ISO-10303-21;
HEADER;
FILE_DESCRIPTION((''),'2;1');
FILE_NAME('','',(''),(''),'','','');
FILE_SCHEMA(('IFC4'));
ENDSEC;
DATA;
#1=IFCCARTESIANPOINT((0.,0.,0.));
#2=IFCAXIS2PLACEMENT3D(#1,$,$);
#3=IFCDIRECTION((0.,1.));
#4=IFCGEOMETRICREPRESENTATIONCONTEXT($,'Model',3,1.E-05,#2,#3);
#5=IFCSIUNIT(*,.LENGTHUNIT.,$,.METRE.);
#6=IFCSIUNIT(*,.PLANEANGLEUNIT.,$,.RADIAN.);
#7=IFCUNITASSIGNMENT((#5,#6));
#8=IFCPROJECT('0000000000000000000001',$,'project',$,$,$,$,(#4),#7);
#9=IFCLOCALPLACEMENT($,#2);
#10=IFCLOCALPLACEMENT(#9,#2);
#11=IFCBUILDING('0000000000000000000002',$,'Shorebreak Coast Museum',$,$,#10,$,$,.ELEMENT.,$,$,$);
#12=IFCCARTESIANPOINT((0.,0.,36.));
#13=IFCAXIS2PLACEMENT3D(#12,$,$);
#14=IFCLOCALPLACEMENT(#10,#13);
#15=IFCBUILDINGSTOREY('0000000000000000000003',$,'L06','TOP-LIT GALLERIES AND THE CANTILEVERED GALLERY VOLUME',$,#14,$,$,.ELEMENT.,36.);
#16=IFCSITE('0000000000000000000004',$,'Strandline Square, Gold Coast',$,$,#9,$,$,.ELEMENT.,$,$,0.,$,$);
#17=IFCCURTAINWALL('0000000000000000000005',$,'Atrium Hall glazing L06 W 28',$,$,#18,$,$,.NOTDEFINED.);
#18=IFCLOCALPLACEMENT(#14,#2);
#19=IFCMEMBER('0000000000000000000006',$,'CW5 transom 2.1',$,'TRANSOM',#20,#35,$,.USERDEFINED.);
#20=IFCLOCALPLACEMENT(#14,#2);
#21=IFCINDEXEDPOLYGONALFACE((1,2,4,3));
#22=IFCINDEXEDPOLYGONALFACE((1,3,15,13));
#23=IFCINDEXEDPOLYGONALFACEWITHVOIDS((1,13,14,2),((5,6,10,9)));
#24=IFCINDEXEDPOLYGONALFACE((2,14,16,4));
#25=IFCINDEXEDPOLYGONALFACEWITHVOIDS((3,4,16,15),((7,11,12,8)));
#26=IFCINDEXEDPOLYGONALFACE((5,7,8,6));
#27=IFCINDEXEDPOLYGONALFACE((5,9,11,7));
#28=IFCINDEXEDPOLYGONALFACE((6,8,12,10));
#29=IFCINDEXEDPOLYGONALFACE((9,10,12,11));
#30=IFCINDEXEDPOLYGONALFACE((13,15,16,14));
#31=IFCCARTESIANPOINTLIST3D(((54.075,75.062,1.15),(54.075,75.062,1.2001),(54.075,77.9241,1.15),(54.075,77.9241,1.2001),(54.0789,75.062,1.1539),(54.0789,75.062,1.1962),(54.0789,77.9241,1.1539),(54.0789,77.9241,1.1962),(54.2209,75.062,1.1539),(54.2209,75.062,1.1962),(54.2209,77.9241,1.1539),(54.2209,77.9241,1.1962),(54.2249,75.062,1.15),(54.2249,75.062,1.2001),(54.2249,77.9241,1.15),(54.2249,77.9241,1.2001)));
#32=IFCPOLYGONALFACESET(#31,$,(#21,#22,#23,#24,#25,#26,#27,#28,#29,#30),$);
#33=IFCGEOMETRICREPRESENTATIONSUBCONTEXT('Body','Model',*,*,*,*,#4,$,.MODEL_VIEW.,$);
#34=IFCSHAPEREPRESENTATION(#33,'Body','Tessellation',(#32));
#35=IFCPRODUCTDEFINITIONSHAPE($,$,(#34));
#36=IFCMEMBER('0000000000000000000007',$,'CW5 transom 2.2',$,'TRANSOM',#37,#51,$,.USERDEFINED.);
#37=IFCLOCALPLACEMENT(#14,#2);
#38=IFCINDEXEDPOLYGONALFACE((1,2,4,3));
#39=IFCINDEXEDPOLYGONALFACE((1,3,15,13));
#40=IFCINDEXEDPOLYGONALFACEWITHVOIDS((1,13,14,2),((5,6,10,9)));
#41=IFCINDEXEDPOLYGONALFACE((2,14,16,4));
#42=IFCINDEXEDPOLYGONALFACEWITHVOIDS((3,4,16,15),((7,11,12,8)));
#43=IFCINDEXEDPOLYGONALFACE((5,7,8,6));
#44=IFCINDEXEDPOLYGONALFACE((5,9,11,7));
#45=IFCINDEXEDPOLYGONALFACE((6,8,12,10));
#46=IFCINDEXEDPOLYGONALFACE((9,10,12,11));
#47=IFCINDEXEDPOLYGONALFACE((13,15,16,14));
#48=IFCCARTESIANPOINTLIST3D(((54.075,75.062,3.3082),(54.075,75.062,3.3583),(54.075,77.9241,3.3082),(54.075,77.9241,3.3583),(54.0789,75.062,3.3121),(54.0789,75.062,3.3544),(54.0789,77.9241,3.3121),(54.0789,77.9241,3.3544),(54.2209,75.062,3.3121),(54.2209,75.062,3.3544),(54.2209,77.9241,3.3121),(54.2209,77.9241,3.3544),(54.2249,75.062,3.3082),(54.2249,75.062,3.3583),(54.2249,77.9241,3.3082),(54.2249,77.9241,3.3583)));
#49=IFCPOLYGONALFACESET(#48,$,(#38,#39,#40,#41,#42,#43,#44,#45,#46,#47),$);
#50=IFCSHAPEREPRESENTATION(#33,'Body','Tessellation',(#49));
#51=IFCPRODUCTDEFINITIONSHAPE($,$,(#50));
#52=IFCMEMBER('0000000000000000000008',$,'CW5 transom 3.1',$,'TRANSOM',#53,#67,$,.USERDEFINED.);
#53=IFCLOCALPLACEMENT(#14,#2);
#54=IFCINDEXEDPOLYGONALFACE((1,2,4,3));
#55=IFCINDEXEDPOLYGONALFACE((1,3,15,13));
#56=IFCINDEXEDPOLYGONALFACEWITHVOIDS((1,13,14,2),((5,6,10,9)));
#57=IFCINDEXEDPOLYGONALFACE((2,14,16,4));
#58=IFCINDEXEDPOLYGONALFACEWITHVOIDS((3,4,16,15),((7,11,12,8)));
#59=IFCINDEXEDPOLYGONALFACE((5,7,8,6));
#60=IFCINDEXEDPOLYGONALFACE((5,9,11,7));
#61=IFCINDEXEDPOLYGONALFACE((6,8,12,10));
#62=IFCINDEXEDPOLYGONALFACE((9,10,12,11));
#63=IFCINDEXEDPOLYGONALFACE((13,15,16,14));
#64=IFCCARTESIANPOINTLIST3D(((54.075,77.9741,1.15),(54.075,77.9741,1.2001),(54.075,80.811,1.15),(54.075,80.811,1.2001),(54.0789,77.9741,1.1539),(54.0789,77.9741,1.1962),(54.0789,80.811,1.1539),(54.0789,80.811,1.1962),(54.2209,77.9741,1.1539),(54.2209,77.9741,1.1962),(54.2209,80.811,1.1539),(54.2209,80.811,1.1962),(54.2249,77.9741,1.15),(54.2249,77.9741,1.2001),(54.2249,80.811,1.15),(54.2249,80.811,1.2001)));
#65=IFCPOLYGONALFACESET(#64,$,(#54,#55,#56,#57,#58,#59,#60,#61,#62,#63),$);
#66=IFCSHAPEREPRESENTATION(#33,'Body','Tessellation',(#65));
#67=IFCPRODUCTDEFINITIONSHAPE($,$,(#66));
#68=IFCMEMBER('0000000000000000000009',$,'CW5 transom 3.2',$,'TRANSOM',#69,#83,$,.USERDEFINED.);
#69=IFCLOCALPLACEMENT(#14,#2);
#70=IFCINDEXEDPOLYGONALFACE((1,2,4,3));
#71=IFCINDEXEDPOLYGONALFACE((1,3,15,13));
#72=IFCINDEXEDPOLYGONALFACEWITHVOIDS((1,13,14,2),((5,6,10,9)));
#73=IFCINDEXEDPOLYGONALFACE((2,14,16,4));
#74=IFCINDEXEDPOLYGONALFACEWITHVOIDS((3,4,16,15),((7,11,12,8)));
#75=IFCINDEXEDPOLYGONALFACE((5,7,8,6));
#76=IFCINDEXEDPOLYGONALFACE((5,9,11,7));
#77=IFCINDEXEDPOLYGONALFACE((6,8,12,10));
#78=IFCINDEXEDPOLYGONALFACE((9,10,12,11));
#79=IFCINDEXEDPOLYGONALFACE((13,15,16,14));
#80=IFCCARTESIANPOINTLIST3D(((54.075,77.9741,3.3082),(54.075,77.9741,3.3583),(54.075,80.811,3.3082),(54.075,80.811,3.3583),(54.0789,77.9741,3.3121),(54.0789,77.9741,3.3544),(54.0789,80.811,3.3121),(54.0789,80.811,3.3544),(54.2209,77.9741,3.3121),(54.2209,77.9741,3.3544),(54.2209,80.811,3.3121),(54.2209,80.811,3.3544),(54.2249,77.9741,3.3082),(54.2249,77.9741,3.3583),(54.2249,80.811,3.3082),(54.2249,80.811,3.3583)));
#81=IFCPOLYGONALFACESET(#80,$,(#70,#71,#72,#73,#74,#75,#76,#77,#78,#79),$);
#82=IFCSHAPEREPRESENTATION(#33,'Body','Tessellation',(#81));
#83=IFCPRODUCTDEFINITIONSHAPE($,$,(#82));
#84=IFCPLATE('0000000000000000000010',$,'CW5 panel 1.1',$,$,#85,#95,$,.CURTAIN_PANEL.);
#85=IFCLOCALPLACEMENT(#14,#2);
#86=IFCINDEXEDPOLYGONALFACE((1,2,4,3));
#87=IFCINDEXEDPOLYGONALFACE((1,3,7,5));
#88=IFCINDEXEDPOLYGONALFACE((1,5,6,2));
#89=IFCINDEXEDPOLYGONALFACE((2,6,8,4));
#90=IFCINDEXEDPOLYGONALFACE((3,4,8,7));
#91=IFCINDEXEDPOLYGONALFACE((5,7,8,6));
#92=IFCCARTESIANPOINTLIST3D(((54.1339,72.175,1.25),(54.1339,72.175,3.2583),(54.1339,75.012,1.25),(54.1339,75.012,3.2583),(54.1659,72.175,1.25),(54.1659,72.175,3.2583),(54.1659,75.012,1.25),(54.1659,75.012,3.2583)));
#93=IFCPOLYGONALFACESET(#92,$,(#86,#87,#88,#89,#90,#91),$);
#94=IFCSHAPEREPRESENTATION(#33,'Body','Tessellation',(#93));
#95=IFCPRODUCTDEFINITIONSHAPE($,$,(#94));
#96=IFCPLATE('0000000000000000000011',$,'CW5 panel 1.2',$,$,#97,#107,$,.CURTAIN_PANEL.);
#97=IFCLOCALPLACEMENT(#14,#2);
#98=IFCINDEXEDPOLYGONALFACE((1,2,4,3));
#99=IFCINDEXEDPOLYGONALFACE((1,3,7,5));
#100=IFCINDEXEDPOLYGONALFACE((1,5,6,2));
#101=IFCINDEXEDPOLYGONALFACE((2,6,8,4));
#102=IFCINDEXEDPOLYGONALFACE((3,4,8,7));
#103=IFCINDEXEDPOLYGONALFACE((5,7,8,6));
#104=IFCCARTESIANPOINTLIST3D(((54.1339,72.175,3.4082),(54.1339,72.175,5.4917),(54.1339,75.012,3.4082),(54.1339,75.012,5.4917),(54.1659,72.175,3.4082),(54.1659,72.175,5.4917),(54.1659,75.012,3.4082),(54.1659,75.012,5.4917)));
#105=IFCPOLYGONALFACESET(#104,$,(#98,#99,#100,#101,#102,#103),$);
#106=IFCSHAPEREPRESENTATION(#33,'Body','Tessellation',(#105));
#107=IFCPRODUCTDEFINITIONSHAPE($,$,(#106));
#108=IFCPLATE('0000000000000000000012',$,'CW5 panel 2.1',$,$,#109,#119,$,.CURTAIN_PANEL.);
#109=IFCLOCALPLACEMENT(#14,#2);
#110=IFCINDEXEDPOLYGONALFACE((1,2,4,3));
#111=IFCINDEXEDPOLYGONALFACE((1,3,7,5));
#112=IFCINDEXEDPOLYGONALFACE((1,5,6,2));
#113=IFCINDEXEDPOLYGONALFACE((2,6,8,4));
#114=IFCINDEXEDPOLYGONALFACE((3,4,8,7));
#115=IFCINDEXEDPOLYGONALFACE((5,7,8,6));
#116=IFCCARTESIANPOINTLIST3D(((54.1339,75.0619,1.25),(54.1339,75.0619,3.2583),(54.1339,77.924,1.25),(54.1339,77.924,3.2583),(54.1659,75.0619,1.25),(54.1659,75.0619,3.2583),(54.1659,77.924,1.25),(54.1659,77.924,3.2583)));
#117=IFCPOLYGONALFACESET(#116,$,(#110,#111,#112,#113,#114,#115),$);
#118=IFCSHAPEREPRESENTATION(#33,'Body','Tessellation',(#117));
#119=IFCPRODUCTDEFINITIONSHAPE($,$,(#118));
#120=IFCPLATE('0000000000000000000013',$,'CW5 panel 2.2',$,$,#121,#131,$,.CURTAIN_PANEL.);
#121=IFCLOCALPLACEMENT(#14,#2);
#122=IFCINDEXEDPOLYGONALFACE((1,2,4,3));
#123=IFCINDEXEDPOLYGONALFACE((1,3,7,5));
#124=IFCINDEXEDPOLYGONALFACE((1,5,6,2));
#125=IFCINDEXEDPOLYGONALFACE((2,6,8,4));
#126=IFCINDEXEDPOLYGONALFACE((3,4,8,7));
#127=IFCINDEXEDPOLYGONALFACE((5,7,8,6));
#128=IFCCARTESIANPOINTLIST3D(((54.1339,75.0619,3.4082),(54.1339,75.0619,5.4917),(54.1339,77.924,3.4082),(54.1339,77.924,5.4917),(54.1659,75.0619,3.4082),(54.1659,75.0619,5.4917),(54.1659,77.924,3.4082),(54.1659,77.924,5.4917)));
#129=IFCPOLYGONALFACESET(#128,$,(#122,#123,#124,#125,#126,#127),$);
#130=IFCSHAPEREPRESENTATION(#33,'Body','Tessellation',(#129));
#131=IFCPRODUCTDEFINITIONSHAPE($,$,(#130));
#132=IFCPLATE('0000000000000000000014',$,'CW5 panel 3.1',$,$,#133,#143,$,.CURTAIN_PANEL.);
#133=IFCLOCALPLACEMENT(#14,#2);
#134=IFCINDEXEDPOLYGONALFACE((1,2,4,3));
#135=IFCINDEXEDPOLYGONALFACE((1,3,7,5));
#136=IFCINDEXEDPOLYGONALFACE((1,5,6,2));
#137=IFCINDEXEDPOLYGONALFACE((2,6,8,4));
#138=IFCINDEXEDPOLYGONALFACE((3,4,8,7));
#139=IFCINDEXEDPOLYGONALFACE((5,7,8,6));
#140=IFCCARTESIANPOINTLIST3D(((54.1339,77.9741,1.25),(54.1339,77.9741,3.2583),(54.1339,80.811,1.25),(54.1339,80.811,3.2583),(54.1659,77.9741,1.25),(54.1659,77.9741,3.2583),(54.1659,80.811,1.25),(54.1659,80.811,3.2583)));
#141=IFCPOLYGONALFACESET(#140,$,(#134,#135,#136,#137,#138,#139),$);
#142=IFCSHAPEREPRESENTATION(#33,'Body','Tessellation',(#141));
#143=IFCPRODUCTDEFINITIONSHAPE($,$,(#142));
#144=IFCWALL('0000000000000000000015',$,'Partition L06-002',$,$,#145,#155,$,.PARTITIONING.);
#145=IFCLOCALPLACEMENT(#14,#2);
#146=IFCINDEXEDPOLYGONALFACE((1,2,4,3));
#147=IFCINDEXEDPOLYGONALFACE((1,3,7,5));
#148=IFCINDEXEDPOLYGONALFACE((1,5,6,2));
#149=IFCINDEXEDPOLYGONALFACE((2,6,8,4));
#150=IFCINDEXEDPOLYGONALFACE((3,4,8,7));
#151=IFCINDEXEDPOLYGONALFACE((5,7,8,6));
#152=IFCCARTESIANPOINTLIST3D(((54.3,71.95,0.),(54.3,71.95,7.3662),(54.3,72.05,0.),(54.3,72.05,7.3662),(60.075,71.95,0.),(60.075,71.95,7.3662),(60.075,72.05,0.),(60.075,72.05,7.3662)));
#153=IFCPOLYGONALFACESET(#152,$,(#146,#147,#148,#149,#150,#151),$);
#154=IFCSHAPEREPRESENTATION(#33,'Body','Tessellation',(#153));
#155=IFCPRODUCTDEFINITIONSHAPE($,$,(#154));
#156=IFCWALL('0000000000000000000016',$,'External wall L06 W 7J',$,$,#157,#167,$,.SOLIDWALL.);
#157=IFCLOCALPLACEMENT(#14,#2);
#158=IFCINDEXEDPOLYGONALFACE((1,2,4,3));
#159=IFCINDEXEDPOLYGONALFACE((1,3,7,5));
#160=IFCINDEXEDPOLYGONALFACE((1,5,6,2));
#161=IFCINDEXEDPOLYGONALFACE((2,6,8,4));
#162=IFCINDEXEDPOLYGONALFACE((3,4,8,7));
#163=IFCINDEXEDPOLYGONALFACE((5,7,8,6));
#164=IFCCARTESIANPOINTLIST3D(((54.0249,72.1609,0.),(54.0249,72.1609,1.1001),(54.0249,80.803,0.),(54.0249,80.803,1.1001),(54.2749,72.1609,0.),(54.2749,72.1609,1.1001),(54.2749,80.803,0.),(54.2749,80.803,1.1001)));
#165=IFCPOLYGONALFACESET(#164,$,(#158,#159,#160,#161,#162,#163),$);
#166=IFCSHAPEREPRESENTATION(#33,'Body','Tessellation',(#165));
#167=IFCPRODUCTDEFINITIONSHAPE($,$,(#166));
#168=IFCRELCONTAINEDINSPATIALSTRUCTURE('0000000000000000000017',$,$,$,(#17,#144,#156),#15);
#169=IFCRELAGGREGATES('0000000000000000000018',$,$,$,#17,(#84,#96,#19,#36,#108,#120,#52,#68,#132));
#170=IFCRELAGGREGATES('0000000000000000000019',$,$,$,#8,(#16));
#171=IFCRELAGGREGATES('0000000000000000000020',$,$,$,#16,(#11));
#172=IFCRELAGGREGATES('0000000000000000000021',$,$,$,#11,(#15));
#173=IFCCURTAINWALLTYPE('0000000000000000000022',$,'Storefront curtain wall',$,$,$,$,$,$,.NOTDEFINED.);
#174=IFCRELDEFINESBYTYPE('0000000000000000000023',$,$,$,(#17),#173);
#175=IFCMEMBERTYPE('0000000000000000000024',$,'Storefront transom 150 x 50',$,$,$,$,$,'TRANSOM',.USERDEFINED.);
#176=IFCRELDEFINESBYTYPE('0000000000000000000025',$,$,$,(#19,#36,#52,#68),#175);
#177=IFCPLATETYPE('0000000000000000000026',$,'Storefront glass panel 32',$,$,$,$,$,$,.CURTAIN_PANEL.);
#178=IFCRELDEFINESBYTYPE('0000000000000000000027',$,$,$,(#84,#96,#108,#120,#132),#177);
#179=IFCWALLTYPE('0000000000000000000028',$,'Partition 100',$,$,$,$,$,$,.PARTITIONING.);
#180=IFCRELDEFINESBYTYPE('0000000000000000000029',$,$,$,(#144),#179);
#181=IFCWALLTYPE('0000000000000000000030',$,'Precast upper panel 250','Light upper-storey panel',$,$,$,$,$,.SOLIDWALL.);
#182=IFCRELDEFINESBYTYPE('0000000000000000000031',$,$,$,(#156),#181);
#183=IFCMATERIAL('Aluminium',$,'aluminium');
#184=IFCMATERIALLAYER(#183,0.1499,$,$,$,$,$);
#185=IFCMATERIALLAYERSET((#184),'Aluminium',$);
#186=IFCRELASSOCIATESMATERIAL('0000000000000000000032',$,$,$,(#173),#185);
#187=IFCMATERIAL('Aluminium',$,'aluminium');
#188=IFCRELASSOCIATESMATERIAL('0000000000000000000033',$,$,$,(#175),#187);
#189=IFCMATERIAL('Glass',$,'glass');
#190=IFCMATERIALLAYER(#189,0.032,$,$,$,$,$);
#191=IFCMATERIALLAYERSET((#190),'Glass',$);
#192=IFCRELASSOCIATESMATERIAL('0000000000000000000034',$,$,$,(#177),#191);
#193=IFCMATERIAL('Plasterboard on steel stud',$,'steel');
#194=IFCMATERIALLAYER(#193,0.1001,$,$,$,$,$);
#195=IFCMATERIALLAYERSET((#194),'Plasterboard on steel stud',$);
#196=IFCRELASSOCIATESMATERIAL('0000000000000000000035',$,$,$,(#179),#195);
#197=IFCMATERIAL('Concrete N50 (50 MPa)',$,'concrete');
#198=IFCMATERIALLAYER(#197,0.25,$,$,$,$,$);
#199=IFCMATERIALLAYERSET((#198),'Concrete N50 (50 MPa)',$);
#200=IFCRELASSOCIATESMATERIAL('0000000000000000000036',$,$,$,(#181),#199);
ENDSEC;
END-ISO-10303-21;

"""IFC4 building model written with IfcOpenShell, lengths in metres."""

from ifc_helpers import new_model, si_unit, direction, frame, frame_2d, origin, origin_2d, place, context, subcontext, project, spatial, rectangle, hollow_rectangle, extrude, material, layer, layer_set, material_profile, profile_set, type_object, element, aggregate, save


model = new_model("IFC4")

# Units and contexts
model_context = context("Model", 3, precision=1e-05, world=origin(), true_north=direction((0.0, 1.0)))
body_context = subcontext(model_context, "Body", "Model", "MODEL_VIEW")
ifc_project = project(units=[si_unit("LENGTHUNIT", "METRE"), si_unit("PLANEANGLEUNIT", "RADIAN")], contexts=[model_context])

# Site, building, storey
site_placement = place(None, origin())
site = spatial("IfcSite", under=ifc_project, at=site_placement, Name="Strandline Square, Gold Coast", CompositionType="ELEMENT", RefElevation=0.0)
building_placement = place(site_placement, origin())
building = spatial("IfcBuilding", under=site, at=building_placement, Name="Shorebreak Coast Museum", CompositionType="ELEMENT")
storey_placement = place(building_placement, frame((0.0, 0.0, 36.0)))
storey = spatial("IfcBuildingStorey", under=building, at=storey_placement, Name="L06", Description="TOP-LIT GALLERIES AND THE CANTILEVERED GALLERY VOLUME", CompositionType="ELEMENT", Elevation=36.0)

# Curtain wall, members, plates
ifc_material_1 = material(Name="Aluminium", Category="aluminium")
ifc_layer_1 = layer(ifc_material_1, 0.1499)
ifc_layer_set_1 = layer_set([ifc_layer_1], Name="Aluminium")
curtain_wall_type = type_object("IfcCurtainWallType", Name="Storefront curtain wall", PredefinedType="NOTDEFINED", material=ifc_layer_set_1)
curtain_wall_placement = place(storey_placement, origin())
curtain_wall = element("IfcCurtainWall", 1, at=curtain_wall_placement, inside=storey, type_object=curtain_wall_type, Name="Atrium Hall glazing L06 W 28", PredefinedType="NOTDEFINED")
ifc_material_2 = material(Name="Aluminium", Category="aluminium")
ifc_material_profile_1 = material_profile(ifc_material_2, hollow_rectangle(XDim=0.1499, YDim=0.05, WallThickness=0.0039, at=origin_2d()), Name="AL 50x150 RHS")
ifc_profile_set_1 = profile_set([ifc_material_profile_1], Name="Aluminium")
member_type_1 = type_object("IfcMemberType", Name="Storefront transom 150 x 50", ElementType="TRANSOM", PredefinedType="USERDEFINED", material=ifc_profile_set_1)
member_1_placement = place(storey_placement, frame((54.1499, 75.062, 1.175), z_axis=(0.0, 1.0, 0.0), x_axis=(-1.0, 0.0, 0.0)))
member_1 = element("IfcMember", 2, at=member_1_placement, type_object=member_type_1, Name="CW5 transom 2.1", ObjectType="TRANSOM", PredefinedType="USERDEFINED", context=body_context, shape_type="SweptSolid", body=[
    extrude(hollow_rectangle(XDim=0.1499, YDim=0.05, WallThickness=0.0039, at=origin_2d()), origin(), (0.0, 0.0, 1.0), 2.8621),
])
member_2_placement = place(storey_placement, frame((54.1499, 75.062, 3.3333), z_axis=(0.0, 1.0, 0.0), x_axis=(-1.0, 0.0, 0.0)))
member_2 = element("IfcMember", 3, at=member_2_placement, type_object=member_type_1, Name="CW5 transom 2.2", ObjectType="TRANSOM", PredefinedType="USERDEFINED", context=body_context, shape_type="SweptSolid", body=[
    extrude(hollow_rectangle(XDim=0.1499, YDim=0.05, WallThickness=0.0039, at=origin_2d()), origin(), (0.0, 0.0, 1.0), 2.8621),
])
member_3_placement = place(storey_placement, frame((54.1499, 77.9741, 1.175), z_axis=(0.0, 1.0, 0.0), x_axis=(-1.0, 0.0, 0.0)))
member_3 = element("IfcMember", 4, at=member_3_placement, type_object=member_type_1, Name="CW5 transom 3.1", ObjectType="TRANSOM", PredefinedType="USERDEFINED", context=body_context, shape_type="SweptSolid", body=[
    extrude(hollow_rectangle(XDim=0.1499, YDim=0.05, WallThickness=0.0039, at=origin_2d()), origin(), (0.0, 0.0, 1.0), 2.8369),
])
member_4_placement = place(storey_placement, frame((54.1499, 77.9741, 3.3333), z_axis=(0.0, 1.0, 0.0), x_axis=(-1.0, 0.0, 0.0)))
member_4 = element("IfcMember", 5, at=member_4_placement, type_object=member_type_1, Name="CW5 transom 3.2", ObjectType="TRANSOM", PredefinedType="USERDEFINED", context=body_context, shape_type="SweptSolid", body=[
    extrude(hollow_rectangle(XDim=0.1499, YDim=0.05, WallThickness=0.0039, at=origin_2d()), origin(), (0.0, 0.0, 1.0), 2.8369),
])
ifc_material_3 = material(Name="Glass", Category="glass")
ifc_layer_2 = layer(ifc_material_3, 0.032)
ifc_layer_set_2 = layer_set([ifc_layer_2], Name="Glass")
plate_type = type_object("IfcPlateType", Name="Storefront glass panel 32", PredefinedType="CURTAIN_PANEL", material=ifc_layer_set_2)
plate_1_placement = place(storey_placement, frame((54.1499, 73.5935, 1.25), z_axis=(0.0, 0.0, 1.0), x_axis=(0.0, 1.0, 0.0)))
plate_1 = element("IfcPlate", 6, at=plate_1_placement, type_object=plate_type, Name="CW5 panel 1.1", PredefinedType="CURTAIN_PANEL", context=body_context, shape_type="SweptSolid", body=[
    extrude(rectangle(XDim=2.8369, YDim=0.032, at=origin_2d()), origin(), (0.0, 0.0, 1.0), 2.0083),
])
plate_2_placement = place(storey_placement, frame((54.1499, 73.5935, 3.4082), z_axis=(0.0, 0.0, 1.0), x_axis=(0.0, 1.0, 0.0)))
plate_2 = element("IfcPlate", 7, at=plate_2_placement, type_object=plate_type, Name="CW5 panel 1.2", PredefinedType="CURTAIN_PANEL", context=body_context, shape_type="SweptSolid", body=[
    extrude(rectangle(XDim=2.8369, YDim=0.032, at=origin_2d()), origin(), (0.0, 0.0, 1.0), 2.0835),
])
plate_3_placement = place(storey_placement, frame((54.1499, 76.4929, 1.25), z_axis=(0.0, 0.0, 1.0), x_axis=(0.0, 1.0, 0.0)))
plate_3 = element("IfcPlate", 8, at=plate_3_placement, type_object=plate_type, Name="CW5 panel 2.1", PredefinedType="CURTAIN_PANEL", context=body_context, shape_type="SweptSolid", body=[
    extrude(rectangle(XDim=2.8621, YDim=0.032, at=origin_2d()), origin(), (0.0, 0.0, 1.0), 2.0083),
])
plate_4_placement = place(storey_placement, frame((54.1499, 76.4929, 3.4082), z_axis=(0.0, 0.0, 1.0), x_axis=(0.0, 1.0, 0.0)))
plate_4 = element("IfcPlate", 9, at=plate_4_placement, type_object=plate_type, Name="CW5 panel 2.2", PredefinedType="CURTAIN_PANEL", context=body_context, shape_type="SweptSolid", body=[
    extrude(rectangle(XDim=2.8621, YDim=0.032, at=origin_2d()), origin(), (0.0, 0.0, 1.0), 2.0835),
])
plate_5_placement = place(storey_placement, frame((54.1499, 79.3926, 1.25), z_axis=(0.0, 0.0, 1.0), x_axis=(0.0, 1.0, 0.0)))
plate_5 = element("IfcPlate", 10, at=plate_5_placement, type_object=plate_type, Name="CW5 panel 3.1", PredefinedType="CURTAIN_PANEL", context=body_context, shape_type="SweptSolid", body=[
    extrude(rectangle(XDim=2.8369, YDim=0.032, at=origin_2d()), origin(), (0.0, 0.0, 1.0), 2.0083),
])
aggregate(curtain_wall, [plate_1, plate_2, member_1, member_2, plate_3, plate_4, member_3, member_4, plate_5])

# Walls
ifc_material_4 = material(Name="Plasterboard on steel stud", Category="steel")
ifc_layer_3 = layer(ifc_material_4, 0.1001)
ifc_layer_set_3 = layer_set([ifc_layer_3], Name="Plasterboard on steel stud")
wall_type_1 = type_object("IfcWallType", Name="Partition 100", PredefinedType="PARTITIONING", material=ifc_layer_set_3)
wall_1_placement = place(storey_placement, frame((54.3, 72.0, 0.0), z_axis=(0.0, 0.0, 1.0), x_axis=(1.0, 0.0, 0.0)))
element("IfcWall", 11, at=wall_1_placement, inside=storey, type_object=wall_type_1, Name="Partition L06-002", PredefinedType="PARTITIONING", context=body_context, shape_type="SweptSolid", body=[
    extrude(rectangle(XDim=5.7749, YDim=0.1001, at=frame_2d((2.8875, 0.0))), origin(), (0.0, 0.0, 1.0), 7.3662),
])
ifc_material_5 = material(Name="Concrete N50 (50 MPa)", Category="concrete")
ifc_layer_4 = layer(ifc_material_5, 0.25)
ifc_layer_set_4 = layer_set([ifc_layer_4], Name="Concrete N50 (50 MPa)")
wall_type_2 = type_object("IfcWallType", Name="Precast upper panel 250", Description="Light upper-storey panel", PredefinedType="SOLIDWALL", material=ifc_layer_set_4)
wall_2_placement = place(storey_placement, frame((54.1499, 72.1609, 0.0), z_axis=(0.0, 0.0, 1.0), x_axis=(0.0, 1.0, 0.0)))
element("IfcWall", 12, at=wall_2_placement, inside=storey, type_object=wall_type_2, Name="External wall L06 W 7J", PredefinedType="SOLIDWALL", context=body_context, shape_type="SweptSolid", body=[
    extrude(rectangle(XDim=8.6421, YDim=0.25, at=frame_2d((4.321, 0.0))), origin(), (0.0, 0.0, 1.0), 1.1001),
])

save(model, "model.ifc")
